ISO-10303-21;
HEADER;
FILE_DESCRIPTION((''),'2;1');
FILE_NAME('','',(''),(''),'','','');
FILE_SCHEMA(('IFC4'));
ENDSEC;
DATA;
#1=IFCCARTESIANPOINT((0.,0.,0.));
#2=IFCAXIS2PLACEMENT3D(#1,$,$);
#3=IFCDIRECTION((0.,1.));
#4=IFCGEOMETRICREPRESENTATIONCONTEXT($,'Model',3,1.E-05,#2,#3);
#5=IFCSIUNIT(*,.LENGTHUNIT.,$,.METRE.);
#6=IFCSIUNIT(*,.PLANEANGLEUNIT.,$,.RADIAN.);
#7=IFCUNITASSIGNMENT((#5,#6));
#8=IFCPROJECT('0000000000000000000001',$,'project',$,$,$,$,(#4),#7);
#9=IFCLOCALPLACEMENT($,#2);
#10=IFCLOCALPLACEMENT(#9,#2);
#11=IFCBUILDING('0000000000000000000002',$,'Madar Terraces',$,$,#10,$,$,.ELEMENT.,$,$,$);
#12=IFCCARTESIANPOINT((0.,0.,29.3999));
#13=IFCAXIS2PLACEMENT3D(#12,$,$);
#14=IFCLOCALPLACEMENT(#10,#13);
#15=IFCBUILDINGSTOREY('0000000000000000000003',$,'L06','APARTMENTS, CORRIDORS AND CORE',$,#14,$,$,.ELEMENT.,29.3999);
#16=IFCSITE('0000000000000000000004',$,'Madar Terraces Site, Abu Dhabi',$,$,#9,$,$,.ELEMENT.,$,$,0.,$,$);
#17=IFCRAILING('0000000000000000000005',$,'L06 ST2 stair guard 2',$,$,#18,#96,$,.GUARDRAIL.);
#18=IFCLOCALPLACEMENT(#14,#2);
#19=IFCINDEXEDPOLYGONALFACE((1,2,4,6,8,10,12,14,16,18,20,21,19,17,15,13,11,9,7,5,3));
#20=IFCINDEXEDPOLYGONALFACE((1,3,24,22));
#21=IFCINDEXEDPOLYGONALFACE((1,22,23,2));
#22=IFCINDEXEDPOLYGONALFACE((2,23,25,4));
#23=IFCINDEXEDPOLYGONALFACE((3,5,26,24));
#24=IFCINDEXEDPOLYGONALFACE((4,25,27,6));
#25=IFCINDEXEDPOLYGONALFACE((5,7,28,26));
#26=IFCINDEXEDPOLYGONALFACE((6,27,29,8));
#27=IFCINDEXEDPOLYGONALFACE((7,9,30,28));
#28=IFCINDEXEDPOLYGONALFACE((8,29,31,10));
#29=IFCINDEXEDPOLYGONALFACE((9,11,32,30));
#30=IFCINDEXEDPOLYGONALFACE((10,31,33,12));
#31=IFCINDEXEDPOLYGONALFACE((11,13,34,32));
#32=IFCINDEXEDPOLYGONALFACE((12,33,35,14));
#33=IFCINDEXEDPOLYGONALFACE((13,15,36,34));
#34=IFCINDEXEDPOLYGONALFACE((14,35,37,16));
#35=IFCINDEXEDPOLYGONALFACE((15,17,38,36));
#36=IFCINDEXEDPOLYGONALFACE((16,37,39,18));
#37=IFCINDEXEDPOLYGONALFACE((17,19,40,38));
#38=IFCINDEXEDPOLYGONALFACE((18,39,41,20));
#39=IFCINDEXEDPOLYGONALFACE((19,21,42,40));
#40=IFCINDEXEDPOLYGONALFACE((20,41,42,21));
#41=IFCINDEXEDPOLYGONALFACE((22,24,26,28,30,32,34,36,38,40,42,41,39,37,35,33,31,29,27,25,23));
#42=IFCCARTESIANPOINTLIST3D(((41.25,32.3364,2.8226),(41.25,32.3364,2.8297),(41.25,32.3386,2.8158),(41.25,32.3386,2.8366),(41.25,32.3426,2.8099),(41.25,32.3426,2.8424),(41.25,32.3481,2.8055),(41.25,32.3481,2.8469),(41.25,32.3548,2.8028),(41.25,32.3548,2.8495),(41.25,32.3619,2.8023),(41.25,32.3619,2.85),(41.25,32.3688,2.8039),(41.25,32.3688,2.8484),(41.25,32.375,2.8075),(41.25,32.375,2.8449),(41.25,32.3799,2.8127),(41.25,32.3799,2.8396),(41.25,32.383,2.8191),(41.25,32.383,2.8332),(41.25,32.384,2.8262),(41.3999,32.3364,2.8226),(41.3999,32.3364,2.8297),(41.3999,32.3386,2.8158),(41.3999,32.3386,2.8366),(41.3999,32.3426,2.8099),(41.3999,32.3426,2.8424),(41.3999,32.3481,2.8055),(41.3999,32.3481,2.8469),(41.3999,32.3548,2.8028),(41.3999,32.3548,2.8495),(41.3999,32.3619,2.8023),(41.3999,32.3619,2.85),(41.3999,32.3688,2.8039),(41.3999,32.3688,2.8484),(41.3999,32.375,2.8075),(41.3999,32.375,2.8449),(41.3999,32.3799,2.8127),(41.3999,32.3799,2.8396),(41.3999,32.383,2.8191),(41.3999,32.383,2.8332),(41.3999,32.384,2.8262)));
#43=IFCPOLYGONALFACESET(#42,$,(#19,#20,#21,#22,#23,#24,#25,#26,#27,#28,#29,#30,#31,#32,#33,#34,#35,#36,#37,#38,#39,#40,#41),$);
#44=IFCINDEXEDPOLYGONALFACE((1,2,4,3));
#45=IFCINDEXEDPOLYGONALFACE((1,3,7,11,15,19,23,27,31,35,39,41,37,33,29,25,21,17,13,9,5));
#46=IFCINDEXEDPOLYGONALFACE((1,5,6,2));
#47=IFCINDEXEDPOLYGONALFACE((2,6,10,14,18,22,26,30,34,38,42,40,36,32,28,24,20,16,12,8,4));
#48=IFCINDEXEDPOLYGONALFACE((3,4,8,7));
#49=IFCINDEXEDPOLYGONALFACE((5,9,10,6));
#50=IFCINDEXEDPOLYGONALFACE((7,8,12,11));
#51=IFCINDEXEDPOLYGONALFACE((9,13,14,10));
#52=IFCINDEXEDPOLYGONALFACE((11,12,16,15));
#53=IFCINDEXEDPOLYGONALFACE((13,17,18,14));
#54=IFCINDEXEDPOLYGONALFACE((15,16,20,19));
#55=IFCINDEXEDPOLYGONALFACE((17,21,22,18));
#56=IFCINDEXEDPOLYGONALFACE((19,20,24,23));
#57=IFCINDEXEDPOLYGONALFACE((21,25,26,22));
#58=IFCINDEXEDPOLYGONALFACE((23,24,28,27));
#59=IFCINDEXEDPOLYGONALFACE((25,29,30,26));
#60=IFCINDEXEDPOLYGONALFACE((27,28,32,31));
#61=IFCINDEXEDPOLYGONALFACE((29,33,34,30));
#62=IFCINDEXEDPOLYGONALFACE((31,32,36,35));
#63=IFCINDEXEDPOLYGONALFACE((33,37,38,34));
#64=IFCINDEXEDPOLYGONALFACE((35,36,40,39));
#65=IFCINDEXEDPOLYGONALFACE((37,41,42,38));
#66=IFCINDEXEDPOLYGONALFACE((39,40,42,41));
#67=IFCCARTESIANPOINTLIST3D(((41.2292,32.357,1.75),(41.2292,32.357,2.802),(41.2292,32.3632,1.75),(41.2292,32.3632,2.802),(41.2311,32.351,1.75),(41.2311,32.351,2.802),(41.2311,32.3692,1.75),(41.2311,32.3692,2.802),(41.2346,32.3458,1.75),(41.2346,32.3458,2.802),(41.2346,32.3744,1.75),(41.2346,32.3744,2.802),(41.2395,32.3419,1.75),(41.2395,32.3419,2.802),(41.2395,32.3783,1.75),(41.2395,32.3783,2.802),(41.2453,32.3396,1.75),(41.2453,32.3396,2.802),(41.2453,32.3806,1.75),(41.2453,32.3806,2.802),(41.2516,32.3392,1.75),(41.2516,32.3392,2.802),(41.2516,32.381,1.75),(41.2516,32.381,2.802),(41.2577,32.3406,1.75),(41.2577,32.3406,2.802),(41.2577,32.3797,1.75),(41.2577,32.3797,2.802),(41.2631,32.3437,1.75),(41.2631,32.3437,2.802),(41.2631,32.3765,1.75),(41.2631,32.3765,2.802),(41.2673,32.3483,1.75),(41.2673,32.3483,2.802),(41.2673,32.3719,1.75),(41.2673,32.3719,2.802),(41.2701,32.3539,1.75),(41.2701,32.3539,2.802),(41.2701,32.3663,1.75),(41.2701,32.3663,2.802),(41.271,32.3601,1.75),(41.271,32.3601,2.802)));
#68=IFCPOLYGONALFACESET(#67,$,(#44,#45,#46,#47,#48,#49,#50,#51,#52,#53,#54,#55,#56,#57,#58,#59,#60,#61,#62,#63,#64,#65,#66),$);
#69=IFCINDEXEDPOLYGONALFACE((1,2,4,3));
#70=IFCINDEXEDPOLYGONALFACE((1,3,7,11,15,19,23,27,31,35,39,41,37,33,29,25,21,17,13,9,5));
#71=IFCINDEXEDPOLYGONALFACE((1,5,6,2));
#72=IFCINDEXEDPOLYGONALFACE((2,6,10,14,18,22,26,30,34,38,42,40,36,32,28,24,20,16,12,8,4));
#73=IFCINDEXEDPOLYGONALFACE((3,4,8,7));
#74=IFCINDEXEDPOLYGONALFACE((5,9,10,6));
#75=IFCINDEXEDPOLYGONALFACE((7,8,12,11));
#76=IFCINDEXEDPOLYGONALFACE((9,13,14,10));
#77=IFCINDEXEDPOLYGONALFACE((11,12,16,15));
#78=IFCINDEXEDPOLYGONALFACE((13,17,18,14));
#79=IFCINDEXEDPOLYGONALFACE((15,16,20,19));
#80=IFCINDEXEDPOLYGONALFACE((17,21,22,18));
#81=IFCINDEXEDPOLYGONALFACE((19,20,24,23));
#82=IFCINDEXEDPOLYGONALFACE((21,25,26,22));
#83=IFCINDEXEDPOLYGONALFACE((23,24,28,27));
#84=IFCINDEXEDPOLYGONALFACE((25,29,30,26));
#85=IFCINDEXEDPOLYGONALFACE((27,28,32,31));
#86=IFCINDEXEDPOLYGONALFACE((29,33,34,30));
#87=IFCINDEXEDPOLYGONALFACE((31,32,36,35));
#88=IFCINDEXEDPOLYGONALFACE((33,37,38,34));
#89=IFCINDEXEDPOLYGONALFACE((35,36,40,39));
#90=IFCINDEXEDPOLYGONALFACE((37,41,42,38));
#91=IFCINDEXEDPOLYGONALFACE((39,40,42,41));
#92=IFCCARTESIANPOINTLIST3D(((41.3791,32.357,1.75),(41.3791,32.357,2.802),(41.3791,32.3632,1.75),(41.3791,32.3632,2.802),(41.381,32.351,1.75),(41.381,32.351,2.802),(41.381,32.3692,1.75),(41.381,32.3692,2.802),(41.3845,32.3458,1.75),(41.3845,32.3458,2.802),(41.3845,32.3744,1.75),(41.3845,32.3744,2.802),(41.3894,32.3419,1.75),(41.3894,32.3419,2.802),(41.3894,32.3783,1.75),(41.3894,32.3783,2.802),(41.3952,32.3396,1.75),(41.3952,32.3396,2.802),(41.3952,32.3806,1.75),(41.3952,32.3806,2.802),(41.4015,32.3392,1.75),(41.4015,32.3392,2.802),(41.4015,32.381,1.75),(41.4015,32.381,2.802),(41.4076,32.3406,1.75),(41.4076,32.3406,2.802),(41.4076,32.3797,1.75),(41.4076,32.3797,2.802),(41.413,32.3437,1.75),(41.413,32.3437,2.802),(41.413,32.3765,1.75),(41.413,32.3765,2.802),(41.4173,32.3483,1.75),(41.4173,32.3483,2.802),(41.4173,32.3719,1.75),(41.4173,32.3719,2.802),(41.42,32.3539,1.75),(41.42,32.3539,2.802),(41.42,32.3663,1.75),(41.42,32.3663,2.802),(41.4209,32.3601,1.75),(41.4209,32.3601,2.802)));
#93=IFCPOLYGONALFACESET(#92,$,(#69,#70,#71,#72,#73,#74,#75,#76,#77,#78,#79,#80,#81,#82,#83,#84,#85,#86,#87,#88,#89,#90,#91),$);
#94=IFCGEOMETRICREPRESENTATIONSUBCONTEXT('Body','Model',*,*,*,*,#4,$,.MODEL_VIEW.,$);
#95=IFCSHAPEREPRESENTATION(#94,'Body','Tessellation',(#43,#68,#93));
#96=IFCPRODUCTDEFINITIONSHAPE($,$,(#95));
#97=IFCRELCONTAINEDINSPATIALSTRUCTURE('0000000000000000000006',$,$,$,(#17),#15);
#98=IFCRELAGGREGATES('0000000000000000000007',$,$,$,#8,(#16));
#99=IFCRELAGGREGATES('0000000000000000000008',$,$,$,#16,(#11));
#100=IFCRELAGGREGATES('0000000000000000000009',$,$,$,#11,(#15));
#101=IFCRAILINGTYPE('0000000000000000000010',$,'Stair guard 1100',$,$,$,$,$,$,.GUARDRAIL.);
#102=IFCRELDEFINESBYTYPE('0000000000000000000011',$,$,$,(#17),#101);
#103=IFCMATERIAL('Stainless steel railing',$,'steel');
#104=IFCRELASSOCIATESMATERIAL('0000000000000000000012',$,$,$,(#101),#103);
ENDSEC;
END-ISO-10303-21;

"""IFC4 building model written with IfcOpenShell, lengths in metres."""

from ifc_helpers import new_model, si_unit, direction, frame, origin, origin_2d, place, context, subcontext, project, spatial, circle, extrude, material, type_object, element, save


model = new_model("IFC4")

# Units and contexts
model_context = context("Model", 3, precision=1e-05, world=origin(), true_north=direction((0.0, 1.0)))
body_context = subcontext(model_context, "Body", "Model", "MODEL_VIEW")
ifc_project = project(units=[si_unit("LENGTHUNIT", "METRE"), si_unit("PLANEANGLEUNIT", "RADIAN")], contexts=[model_context])

# Site, building, storey
site_placement = place(None, origin())
site = spatial("IfcSite", under=ifc_project, at=site_placement, Name="Madar Terraces Site, Abu Dhabi", CompositionType="ELEMENT", RefElevation=0.0)
building_placement = place(site_placement, origin())
building = spatial("IfcBuilding", under=site, at=building_placement, Name="Madar Terraces", CompositionType="ELEMENT")
storey_placement = place(building_placement, frame((0.0, 0.0, 29.3999)))
storey = spatial("IfcBuildingStorey", under=building, at=storey_placement, Name="L06", Description="APARTMENTS, CORRIDORS AND CORE", CompositionType="ELEMENT", Elevation=29.3999)

# Railing
ifc_material_1 = material(Name="Stainless steel railing", Category="steel")
railing_type_1 = type_object("IfcRailingType", Name="Stair guard 1100", PredefinedType="GUARDRAIL", material=ifc_material_1)
railing_1_placement = place(storey_placement, frame((41.25, 32.3601, 1.75)))
element("IfcRailing", 1, at=railing_1_placement, inside=storey, type_object=railing_type_1, Name="L06 ST2 stair guard 2", PredefinedType="GUARDRAIL", context=body_context, shape_type="SweptSolid", body=[
    extrude(circle(Radius=0.0239, at=origin_2d()), frame((0.0, 0.0, 1.0762), z_axis=(1.0, 0.0, 0.0), x_axis=(0.0, 1.0, 0.0)), (0.0, 0.0, 1.0), 0.1499),
    extrude(circle(Radius=0.021, at=origin_2d()), origin(), (0.0, 0.0, 1.0), 1.052),
    extrude(circle(Radius=0.021, at=origin_2d()), frame((0.1499, 0.0, 0.0)), (0.0, 0.0, 1.0), 1.052),
])

save(model, "model.ifc")
